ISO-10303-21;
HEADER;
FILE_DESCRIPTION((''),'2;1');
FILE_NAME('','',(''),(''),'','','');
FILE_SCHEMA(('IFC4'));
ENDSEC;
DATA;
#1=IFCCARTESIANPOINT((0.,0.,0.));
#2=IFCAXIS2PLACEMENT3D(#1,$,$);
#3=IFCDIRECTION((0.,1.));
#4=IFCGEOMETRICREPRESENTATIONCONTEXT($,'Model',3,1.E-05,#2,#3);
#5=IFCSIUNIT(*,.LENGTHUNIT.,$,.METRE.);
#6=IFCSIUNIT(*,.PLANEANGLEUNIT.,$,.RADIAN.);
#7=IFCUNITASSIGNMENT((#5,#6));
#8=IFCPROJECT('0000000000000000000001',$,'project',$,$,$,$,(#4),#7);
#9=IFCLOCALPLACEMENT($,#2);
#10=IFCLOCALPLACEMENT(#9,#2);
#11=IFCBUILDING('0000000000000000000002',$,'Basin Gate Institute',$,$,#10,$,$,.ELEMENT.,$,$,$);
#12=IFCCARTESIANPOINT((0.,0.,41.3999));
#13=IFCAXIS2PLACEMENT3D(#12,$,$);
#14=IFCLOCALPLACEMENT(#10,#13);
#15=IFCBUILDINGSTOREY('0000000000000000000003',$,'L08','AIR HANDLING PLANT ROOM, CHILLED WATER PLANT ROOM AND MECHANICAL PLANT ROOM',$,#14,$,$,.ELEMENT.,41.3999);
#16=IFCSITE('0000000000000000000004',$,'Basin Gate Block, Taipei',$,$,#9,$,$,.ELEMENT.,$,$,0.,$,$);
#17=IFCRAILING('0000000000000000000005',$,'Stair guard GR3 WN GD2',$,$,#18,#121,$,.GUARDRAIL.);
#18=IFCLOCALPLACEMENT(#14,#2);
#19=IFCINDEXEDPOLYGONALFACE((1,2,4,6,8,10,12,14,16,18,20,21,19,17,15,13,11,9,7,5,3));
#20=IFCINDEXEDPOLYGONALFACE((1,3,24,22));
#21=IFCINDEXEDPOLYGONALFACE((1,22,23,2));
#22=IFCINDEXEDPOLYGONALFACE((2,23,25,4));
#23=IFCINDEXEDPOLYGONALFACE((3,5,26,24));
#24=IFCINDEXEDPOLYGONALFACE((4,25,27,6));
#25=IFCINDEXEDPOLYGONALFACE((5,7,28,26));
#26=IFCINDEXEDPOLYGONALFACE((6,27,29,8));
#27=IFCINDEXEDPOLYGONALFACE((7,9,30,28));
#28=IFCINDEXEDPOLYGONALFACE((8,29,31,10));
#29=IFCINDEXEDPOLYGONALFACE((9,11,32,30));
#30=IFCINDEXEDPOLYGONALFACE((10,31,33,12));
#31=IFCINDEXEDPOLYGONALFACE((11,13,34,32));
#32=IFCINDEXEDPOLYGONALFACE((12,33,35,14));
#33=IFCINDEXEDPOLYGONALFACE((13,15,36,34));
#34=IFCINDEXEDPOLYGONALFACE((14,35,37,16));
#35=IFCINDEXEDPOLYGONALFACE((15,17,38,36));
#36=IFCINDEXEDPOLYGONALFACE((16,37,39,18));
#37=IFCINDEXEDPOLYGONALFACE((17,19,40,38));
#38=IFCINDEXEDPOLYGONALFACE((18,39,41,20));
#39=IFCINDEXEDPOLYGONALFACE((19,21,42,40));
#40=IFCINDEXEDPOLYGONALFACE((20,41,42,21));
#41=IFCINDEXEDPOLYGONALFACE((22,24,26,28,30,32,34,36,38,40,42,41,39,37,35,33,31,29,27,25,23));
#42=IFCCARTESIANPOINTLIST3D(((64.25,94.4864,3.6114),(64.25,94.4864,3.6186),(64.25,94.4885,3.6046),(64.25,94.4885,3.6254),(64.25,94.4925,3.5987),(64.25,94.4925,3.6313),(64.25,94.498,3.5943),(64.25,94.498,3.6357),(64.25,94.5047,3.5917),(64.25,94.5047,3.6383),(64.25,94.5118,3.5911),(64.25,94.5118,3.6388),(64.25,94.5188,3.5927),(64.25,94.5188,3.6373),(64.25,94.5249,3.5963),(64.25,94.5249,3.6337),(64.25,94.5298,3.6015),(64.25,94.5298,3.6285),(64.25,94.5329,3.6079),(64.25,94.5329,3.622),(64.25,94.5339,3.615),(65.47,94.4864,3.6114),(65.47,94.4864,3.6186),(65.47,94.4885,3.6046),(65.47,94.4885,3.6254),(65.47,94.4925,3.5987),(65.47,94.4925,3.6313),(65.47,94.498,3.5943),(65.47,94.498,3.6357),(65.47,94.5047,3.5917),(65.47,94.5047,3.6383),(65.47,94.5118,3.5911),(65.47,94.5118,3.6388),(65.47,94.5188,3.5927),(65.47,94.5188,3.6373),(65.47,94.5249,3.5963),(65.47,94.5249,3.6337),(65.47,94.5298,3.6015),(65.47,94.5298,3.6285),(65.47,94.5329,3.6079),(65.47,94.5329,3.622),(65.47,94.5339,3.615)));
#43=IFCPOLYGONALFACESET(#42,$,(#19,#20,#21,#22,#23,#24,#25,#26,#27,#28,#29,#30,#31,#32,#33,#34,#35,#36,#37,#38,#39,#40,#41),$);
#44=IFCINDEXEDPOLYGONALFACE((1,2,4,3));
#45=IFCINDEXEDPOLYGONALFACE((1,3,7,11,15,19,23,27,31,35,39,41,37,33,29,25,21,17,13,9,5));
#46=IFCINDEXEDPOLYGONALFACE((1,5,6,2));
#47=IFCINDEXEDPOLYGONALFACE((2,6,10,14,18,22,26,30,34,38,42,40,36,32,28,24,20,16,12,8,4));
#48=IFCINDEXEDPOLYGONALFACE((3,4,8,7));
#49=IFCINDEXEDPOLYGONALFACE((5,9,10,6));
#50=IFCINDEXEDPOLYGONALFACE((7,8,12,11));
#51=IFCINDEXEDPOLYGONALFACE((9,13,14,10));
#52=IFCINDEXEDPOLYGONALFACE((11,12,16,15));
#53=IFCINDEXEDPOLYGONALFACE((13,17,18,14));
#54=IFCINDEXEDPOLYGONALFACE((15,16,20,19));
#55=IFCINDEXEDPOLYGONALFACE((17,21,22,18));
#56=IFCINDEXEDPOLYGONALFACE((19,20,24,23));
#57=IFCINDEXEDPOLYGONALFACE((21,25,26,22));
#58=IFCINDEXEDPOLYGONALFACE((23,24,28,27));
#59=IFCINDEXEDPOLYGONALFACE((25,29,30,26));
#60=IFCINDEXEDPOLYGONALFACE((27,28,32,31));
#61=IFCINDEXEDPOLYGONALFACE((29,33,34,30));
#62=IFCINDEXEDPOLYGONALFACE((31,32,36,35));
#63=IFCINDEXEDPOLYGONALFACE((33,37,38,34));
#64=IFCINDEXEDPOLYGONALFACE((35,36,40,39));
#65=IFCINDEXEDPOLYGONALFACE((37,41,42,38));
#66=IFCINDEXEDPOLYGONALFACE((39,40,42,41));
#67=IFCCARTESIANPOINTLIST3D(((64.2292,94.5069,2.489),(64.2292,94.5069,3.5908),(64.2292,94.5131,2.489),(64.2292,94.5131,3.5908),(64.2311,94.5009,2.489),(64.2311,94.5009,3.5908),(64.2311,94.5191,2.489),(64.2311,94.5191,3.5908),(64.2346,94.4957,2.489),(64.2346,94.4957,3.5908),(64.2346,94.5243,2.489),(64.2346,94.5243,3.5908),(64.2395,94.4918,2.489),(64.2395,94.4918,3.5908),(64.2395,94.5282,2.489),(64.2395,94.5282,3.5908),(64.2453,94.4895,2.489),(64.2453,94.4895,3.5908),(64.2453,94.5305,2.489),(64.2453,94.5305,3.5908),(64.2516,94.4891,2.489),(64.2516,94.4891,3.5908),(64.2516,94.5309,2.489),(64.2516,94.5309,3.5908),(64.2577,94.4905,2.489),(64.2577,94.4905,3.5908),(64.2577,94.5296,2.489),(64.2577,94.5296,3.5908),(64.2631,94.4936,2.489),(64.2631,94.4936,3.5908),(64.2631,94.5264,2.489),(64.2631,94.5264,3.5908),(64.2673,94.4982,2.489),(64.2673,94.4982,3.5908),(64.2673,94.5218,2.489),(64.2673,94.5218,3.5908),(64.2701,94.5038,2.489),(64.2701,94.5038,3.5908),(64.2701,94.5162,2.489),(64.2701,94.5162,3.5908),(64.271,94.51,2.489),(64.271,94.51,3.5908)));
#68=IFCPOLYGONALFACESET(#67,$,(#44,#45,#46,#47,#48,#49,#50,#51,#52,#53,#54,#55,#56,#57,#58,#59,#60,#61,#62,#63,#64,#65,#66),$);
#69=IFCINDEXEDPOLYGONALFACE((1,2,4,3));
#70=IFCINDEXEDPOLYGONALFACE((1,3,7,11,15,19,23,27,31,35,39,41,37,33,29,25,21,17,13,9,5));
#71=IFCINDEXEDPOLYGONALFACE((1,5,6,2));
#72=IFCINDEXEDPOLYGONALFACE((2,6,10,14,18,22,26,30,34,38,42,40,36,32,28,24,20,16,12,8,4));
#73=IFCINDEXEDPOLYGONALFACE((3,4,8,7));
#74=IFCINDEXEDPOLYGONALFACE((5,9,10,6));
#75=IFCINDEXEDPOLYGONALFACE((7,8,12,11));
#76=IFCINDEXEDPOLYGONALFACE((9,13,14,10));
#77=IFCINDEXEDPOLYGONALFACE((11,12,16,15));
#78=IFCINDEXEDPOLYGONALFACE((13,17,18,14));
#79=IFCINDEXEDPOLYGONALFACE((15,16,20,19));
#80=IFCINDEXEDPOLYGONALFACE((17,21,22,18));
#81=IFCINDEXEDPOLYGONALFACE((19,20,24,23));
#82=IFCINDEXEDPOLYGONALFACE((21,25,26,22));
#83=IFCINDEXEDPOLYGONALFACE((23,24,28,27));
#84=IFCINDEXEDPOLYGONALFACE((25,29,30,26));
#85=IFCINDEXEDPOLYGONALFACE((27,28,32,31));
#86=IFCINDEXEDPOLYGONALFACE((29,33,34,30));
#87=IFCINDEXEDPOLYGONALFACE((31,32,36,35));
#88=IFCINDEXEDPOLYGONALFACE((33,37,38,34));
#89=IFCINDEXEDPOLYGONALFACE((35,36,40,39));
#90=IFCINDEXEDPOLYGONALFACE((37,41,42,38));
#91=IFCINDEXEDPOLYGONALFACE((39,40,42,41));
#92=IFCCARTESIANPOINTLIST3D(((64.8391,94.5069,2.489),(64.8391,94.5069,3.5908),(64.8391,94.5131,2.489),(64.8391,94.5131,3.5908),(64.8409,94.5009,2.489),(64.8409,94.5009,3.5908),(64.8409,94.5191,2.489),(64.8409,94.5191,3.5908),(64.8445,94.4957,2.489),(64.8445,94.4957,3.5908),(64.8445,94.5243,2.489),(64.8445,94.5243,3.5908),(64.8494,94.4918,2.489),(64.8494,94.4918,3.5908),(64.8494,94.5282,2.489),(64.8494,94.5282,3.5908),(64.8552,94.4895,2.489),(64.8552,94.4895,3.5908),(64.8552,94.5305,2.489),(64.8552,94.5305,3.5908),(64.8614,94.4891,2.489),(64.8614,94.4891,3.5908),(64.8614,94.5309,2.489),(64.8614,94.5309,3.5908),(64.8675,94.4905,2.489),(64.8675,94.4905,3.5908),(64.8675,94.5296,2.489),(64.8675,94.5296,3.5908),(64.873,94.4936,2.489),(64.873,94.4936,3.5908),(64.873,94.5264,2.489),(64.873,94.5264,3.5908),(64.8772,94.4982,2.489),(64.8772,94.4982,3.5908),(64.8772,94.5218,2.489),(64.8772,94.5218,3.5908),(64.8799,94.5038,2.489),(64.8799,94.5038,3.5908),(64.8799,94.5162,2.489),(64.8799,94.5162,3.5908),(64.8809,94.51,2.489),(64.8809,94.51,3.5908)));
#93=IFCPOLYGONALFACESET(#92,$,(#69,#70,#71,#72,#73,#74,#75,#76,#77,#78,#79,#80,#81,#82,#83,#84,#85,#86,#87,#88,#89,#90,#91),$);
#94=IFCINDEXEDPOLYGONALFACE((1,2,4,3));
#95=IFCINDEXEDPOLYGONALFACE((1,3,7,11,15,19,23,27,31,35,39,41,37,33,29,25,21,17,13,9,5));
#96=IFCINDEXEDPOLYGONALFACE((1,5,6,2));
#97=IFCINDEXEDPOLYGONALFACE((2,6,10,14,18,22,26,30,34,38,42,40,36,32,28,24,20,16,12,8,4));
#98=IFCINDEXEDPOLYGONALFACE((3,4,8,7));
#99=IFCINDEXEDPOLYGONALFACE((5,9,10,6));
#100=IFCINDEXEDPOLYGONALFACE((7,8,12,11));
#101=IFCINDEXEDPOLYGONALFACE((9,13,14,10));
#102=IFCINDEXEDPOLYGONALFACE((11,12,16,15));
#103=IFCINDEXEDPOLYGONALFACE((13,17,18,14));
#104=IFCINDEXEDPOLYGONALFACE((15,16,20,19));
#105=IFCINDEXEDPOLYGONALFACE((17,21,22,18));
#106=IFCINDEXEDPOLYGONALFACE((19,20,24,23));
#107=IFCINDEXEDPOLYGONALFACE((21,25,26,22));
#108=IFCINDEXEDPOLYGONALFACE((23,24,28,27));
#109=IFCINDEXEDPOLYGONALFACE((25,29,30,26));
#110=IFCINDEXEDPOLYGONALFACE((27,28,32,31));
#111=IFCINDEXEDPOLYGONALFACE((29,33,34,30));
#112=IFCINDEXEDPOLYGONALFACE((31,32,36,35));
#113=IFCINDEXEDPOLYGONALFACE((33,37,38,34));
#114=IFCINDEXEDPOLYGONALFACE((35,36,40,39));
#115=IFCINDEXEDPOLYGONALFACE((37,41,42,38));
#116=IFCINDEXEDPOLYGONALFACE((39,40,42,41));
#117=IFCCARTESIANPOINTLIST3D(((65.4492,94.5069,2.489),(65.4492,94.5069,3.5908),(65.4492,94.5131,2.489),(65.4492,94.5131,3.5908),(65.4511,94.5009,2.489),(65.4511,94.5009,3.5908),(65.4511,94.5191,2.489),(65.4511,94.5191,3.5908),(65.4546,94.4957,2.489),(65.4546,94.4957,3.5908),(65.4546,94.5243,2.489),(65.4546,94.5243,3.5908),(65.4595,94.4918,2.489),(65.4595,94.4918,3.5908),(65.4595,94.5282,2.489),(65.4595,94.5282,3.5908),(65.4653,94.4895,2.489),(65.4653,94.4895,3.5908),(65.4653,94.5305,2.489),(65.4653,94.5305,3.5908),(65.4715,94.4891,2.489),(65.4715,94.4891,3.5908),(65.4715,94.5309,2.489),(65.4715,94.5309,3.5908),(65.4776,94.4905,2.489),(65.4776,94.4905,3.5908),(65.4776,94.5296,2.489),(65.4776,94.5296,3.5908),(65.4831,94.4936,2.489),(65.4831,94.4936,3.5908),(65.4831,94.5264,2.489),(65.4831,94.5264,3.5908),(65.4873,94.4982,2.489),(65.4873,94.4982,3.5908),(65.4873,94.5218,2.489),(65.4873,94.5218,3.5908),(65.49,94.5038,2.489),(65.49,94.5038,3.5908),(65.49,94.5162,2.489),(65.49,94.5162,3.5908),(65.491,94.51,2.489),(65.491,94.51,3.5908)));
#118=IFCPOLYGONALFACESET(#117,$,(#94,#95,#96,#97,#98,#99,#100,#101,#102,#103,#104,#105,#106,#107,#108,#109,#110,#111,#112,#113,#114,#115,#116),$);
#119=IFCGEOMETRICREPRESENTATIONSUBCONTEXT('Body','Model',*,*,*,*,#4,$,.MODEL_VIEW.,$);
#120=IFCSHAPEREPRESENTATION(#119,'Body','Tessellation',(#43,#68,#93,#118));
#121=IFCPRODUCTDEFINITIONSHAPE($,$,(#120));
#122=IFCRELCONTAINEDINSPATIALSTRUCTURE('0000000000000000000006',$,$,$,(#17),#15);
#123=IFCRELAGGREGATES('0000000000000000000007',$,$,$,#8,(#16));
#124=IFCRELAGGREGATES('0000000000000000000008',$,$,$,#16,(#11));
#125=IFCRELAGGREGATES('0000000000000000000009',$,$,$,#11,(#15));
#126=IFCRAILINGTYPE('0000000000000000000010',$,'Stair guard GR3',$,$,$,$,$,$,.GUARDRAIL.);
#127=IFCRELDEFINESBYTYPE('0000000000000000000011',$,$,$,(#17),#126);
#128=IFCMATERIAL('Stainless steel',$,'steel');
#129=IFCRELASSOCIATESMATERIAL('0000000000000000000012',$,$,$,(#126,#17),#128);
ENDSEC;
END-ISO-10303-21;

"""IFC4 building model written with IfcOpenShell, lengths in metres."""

from ifc_helpers import new_model, si_unit, direction, frame, origin, origin_2d, place, context, subcontext, project, spatial, circle, extrude, material, type_object, element, save


model = new_model("IFC4")

# Units and contexts
model_context = context("Model", 3, precision=1e-05, world=origin(), true_north=direction((0.0, 1.0)))
body_context = subcontext(model_context, "Body", "Model", "MODEL_VIEW")
ifc_project = project(units=[si_unit("LENGTHUNIT", "METRE"), si_unit("PLANEANGLEUNIT", "RADIAN")], contexts=[model_context])

# Site, building, storey
site_placement = place(None, origin())
site = spatial("IfcSite", under=ifc_project, at=site_placement, Name="Basin Gate Block, Taipei", CompositionType="ELEMENT", RefElevation=0.0)
building_placement = place(site_placement, origin())
building = spatial("IfcBuilding", under=site, at=building_placement, Name="Basin Gate Institute", CompositionType="ELEMENT")
storey_placement = place(building_placement, frame((0.0, 0.0, 41.3999)))
storey = spatial("IfcBuildingStorey", under=building, at=storey_placement, Name="L08", Description="AIR HANDLING PLANT ROOM, CHILLED WATER PLANT ROOM AND MECHANICAL PLANT ROOM", CompositionType="ELEMENT", Elevation=41.3999)

# Railing
ifc_material_1 = material(Name="Stainless steel", Category="steel")
railing_type_1 = type_object("IfcRailingType", Name="Stair guard GR3", PredefinedType="GUARDRAIL", material=ifc_material_1)
railing_1_placement = place(storey_placement, frame((64.25, 94.51, 2.489)))
element("IfcRailing", 1, at=railing_1_placement, inside=storey, type_object=railing_type_1, material=ifc_material_1, Name="Stair guard GR3 WN GD2", PredefinedType="GUARDRAIL", context=body_context, shape_type="SweptSolid", body=[
    extrude(circle(Radius=0.0239, at=origin_2d()), frame((0.0, 0.0, 1.126), z_axis=(1.0, 0.0, 0.0), x_axis=(0.0, 1.0, 0.0)), (0.0, 0.0, 1.0), 1.22),
    extrude(circle(Radius=0.021, at=origin_2d()), origin(), (0.0, 0.0, 1.0), 1.1018),
    extrude(circle(Radius=0.021, at=origin_2d()), frame((0.6099, 0.0, 0.0)), (0.0, 0.0, 1.0), 1.1018),
    extrude(circle(Radius=0.021, at=origin_2d()), frame((1.22, 0.0, 0.0)), (0.0, 0.0, 1.0), 1.1018),
])

save(model, "model.ifc")
